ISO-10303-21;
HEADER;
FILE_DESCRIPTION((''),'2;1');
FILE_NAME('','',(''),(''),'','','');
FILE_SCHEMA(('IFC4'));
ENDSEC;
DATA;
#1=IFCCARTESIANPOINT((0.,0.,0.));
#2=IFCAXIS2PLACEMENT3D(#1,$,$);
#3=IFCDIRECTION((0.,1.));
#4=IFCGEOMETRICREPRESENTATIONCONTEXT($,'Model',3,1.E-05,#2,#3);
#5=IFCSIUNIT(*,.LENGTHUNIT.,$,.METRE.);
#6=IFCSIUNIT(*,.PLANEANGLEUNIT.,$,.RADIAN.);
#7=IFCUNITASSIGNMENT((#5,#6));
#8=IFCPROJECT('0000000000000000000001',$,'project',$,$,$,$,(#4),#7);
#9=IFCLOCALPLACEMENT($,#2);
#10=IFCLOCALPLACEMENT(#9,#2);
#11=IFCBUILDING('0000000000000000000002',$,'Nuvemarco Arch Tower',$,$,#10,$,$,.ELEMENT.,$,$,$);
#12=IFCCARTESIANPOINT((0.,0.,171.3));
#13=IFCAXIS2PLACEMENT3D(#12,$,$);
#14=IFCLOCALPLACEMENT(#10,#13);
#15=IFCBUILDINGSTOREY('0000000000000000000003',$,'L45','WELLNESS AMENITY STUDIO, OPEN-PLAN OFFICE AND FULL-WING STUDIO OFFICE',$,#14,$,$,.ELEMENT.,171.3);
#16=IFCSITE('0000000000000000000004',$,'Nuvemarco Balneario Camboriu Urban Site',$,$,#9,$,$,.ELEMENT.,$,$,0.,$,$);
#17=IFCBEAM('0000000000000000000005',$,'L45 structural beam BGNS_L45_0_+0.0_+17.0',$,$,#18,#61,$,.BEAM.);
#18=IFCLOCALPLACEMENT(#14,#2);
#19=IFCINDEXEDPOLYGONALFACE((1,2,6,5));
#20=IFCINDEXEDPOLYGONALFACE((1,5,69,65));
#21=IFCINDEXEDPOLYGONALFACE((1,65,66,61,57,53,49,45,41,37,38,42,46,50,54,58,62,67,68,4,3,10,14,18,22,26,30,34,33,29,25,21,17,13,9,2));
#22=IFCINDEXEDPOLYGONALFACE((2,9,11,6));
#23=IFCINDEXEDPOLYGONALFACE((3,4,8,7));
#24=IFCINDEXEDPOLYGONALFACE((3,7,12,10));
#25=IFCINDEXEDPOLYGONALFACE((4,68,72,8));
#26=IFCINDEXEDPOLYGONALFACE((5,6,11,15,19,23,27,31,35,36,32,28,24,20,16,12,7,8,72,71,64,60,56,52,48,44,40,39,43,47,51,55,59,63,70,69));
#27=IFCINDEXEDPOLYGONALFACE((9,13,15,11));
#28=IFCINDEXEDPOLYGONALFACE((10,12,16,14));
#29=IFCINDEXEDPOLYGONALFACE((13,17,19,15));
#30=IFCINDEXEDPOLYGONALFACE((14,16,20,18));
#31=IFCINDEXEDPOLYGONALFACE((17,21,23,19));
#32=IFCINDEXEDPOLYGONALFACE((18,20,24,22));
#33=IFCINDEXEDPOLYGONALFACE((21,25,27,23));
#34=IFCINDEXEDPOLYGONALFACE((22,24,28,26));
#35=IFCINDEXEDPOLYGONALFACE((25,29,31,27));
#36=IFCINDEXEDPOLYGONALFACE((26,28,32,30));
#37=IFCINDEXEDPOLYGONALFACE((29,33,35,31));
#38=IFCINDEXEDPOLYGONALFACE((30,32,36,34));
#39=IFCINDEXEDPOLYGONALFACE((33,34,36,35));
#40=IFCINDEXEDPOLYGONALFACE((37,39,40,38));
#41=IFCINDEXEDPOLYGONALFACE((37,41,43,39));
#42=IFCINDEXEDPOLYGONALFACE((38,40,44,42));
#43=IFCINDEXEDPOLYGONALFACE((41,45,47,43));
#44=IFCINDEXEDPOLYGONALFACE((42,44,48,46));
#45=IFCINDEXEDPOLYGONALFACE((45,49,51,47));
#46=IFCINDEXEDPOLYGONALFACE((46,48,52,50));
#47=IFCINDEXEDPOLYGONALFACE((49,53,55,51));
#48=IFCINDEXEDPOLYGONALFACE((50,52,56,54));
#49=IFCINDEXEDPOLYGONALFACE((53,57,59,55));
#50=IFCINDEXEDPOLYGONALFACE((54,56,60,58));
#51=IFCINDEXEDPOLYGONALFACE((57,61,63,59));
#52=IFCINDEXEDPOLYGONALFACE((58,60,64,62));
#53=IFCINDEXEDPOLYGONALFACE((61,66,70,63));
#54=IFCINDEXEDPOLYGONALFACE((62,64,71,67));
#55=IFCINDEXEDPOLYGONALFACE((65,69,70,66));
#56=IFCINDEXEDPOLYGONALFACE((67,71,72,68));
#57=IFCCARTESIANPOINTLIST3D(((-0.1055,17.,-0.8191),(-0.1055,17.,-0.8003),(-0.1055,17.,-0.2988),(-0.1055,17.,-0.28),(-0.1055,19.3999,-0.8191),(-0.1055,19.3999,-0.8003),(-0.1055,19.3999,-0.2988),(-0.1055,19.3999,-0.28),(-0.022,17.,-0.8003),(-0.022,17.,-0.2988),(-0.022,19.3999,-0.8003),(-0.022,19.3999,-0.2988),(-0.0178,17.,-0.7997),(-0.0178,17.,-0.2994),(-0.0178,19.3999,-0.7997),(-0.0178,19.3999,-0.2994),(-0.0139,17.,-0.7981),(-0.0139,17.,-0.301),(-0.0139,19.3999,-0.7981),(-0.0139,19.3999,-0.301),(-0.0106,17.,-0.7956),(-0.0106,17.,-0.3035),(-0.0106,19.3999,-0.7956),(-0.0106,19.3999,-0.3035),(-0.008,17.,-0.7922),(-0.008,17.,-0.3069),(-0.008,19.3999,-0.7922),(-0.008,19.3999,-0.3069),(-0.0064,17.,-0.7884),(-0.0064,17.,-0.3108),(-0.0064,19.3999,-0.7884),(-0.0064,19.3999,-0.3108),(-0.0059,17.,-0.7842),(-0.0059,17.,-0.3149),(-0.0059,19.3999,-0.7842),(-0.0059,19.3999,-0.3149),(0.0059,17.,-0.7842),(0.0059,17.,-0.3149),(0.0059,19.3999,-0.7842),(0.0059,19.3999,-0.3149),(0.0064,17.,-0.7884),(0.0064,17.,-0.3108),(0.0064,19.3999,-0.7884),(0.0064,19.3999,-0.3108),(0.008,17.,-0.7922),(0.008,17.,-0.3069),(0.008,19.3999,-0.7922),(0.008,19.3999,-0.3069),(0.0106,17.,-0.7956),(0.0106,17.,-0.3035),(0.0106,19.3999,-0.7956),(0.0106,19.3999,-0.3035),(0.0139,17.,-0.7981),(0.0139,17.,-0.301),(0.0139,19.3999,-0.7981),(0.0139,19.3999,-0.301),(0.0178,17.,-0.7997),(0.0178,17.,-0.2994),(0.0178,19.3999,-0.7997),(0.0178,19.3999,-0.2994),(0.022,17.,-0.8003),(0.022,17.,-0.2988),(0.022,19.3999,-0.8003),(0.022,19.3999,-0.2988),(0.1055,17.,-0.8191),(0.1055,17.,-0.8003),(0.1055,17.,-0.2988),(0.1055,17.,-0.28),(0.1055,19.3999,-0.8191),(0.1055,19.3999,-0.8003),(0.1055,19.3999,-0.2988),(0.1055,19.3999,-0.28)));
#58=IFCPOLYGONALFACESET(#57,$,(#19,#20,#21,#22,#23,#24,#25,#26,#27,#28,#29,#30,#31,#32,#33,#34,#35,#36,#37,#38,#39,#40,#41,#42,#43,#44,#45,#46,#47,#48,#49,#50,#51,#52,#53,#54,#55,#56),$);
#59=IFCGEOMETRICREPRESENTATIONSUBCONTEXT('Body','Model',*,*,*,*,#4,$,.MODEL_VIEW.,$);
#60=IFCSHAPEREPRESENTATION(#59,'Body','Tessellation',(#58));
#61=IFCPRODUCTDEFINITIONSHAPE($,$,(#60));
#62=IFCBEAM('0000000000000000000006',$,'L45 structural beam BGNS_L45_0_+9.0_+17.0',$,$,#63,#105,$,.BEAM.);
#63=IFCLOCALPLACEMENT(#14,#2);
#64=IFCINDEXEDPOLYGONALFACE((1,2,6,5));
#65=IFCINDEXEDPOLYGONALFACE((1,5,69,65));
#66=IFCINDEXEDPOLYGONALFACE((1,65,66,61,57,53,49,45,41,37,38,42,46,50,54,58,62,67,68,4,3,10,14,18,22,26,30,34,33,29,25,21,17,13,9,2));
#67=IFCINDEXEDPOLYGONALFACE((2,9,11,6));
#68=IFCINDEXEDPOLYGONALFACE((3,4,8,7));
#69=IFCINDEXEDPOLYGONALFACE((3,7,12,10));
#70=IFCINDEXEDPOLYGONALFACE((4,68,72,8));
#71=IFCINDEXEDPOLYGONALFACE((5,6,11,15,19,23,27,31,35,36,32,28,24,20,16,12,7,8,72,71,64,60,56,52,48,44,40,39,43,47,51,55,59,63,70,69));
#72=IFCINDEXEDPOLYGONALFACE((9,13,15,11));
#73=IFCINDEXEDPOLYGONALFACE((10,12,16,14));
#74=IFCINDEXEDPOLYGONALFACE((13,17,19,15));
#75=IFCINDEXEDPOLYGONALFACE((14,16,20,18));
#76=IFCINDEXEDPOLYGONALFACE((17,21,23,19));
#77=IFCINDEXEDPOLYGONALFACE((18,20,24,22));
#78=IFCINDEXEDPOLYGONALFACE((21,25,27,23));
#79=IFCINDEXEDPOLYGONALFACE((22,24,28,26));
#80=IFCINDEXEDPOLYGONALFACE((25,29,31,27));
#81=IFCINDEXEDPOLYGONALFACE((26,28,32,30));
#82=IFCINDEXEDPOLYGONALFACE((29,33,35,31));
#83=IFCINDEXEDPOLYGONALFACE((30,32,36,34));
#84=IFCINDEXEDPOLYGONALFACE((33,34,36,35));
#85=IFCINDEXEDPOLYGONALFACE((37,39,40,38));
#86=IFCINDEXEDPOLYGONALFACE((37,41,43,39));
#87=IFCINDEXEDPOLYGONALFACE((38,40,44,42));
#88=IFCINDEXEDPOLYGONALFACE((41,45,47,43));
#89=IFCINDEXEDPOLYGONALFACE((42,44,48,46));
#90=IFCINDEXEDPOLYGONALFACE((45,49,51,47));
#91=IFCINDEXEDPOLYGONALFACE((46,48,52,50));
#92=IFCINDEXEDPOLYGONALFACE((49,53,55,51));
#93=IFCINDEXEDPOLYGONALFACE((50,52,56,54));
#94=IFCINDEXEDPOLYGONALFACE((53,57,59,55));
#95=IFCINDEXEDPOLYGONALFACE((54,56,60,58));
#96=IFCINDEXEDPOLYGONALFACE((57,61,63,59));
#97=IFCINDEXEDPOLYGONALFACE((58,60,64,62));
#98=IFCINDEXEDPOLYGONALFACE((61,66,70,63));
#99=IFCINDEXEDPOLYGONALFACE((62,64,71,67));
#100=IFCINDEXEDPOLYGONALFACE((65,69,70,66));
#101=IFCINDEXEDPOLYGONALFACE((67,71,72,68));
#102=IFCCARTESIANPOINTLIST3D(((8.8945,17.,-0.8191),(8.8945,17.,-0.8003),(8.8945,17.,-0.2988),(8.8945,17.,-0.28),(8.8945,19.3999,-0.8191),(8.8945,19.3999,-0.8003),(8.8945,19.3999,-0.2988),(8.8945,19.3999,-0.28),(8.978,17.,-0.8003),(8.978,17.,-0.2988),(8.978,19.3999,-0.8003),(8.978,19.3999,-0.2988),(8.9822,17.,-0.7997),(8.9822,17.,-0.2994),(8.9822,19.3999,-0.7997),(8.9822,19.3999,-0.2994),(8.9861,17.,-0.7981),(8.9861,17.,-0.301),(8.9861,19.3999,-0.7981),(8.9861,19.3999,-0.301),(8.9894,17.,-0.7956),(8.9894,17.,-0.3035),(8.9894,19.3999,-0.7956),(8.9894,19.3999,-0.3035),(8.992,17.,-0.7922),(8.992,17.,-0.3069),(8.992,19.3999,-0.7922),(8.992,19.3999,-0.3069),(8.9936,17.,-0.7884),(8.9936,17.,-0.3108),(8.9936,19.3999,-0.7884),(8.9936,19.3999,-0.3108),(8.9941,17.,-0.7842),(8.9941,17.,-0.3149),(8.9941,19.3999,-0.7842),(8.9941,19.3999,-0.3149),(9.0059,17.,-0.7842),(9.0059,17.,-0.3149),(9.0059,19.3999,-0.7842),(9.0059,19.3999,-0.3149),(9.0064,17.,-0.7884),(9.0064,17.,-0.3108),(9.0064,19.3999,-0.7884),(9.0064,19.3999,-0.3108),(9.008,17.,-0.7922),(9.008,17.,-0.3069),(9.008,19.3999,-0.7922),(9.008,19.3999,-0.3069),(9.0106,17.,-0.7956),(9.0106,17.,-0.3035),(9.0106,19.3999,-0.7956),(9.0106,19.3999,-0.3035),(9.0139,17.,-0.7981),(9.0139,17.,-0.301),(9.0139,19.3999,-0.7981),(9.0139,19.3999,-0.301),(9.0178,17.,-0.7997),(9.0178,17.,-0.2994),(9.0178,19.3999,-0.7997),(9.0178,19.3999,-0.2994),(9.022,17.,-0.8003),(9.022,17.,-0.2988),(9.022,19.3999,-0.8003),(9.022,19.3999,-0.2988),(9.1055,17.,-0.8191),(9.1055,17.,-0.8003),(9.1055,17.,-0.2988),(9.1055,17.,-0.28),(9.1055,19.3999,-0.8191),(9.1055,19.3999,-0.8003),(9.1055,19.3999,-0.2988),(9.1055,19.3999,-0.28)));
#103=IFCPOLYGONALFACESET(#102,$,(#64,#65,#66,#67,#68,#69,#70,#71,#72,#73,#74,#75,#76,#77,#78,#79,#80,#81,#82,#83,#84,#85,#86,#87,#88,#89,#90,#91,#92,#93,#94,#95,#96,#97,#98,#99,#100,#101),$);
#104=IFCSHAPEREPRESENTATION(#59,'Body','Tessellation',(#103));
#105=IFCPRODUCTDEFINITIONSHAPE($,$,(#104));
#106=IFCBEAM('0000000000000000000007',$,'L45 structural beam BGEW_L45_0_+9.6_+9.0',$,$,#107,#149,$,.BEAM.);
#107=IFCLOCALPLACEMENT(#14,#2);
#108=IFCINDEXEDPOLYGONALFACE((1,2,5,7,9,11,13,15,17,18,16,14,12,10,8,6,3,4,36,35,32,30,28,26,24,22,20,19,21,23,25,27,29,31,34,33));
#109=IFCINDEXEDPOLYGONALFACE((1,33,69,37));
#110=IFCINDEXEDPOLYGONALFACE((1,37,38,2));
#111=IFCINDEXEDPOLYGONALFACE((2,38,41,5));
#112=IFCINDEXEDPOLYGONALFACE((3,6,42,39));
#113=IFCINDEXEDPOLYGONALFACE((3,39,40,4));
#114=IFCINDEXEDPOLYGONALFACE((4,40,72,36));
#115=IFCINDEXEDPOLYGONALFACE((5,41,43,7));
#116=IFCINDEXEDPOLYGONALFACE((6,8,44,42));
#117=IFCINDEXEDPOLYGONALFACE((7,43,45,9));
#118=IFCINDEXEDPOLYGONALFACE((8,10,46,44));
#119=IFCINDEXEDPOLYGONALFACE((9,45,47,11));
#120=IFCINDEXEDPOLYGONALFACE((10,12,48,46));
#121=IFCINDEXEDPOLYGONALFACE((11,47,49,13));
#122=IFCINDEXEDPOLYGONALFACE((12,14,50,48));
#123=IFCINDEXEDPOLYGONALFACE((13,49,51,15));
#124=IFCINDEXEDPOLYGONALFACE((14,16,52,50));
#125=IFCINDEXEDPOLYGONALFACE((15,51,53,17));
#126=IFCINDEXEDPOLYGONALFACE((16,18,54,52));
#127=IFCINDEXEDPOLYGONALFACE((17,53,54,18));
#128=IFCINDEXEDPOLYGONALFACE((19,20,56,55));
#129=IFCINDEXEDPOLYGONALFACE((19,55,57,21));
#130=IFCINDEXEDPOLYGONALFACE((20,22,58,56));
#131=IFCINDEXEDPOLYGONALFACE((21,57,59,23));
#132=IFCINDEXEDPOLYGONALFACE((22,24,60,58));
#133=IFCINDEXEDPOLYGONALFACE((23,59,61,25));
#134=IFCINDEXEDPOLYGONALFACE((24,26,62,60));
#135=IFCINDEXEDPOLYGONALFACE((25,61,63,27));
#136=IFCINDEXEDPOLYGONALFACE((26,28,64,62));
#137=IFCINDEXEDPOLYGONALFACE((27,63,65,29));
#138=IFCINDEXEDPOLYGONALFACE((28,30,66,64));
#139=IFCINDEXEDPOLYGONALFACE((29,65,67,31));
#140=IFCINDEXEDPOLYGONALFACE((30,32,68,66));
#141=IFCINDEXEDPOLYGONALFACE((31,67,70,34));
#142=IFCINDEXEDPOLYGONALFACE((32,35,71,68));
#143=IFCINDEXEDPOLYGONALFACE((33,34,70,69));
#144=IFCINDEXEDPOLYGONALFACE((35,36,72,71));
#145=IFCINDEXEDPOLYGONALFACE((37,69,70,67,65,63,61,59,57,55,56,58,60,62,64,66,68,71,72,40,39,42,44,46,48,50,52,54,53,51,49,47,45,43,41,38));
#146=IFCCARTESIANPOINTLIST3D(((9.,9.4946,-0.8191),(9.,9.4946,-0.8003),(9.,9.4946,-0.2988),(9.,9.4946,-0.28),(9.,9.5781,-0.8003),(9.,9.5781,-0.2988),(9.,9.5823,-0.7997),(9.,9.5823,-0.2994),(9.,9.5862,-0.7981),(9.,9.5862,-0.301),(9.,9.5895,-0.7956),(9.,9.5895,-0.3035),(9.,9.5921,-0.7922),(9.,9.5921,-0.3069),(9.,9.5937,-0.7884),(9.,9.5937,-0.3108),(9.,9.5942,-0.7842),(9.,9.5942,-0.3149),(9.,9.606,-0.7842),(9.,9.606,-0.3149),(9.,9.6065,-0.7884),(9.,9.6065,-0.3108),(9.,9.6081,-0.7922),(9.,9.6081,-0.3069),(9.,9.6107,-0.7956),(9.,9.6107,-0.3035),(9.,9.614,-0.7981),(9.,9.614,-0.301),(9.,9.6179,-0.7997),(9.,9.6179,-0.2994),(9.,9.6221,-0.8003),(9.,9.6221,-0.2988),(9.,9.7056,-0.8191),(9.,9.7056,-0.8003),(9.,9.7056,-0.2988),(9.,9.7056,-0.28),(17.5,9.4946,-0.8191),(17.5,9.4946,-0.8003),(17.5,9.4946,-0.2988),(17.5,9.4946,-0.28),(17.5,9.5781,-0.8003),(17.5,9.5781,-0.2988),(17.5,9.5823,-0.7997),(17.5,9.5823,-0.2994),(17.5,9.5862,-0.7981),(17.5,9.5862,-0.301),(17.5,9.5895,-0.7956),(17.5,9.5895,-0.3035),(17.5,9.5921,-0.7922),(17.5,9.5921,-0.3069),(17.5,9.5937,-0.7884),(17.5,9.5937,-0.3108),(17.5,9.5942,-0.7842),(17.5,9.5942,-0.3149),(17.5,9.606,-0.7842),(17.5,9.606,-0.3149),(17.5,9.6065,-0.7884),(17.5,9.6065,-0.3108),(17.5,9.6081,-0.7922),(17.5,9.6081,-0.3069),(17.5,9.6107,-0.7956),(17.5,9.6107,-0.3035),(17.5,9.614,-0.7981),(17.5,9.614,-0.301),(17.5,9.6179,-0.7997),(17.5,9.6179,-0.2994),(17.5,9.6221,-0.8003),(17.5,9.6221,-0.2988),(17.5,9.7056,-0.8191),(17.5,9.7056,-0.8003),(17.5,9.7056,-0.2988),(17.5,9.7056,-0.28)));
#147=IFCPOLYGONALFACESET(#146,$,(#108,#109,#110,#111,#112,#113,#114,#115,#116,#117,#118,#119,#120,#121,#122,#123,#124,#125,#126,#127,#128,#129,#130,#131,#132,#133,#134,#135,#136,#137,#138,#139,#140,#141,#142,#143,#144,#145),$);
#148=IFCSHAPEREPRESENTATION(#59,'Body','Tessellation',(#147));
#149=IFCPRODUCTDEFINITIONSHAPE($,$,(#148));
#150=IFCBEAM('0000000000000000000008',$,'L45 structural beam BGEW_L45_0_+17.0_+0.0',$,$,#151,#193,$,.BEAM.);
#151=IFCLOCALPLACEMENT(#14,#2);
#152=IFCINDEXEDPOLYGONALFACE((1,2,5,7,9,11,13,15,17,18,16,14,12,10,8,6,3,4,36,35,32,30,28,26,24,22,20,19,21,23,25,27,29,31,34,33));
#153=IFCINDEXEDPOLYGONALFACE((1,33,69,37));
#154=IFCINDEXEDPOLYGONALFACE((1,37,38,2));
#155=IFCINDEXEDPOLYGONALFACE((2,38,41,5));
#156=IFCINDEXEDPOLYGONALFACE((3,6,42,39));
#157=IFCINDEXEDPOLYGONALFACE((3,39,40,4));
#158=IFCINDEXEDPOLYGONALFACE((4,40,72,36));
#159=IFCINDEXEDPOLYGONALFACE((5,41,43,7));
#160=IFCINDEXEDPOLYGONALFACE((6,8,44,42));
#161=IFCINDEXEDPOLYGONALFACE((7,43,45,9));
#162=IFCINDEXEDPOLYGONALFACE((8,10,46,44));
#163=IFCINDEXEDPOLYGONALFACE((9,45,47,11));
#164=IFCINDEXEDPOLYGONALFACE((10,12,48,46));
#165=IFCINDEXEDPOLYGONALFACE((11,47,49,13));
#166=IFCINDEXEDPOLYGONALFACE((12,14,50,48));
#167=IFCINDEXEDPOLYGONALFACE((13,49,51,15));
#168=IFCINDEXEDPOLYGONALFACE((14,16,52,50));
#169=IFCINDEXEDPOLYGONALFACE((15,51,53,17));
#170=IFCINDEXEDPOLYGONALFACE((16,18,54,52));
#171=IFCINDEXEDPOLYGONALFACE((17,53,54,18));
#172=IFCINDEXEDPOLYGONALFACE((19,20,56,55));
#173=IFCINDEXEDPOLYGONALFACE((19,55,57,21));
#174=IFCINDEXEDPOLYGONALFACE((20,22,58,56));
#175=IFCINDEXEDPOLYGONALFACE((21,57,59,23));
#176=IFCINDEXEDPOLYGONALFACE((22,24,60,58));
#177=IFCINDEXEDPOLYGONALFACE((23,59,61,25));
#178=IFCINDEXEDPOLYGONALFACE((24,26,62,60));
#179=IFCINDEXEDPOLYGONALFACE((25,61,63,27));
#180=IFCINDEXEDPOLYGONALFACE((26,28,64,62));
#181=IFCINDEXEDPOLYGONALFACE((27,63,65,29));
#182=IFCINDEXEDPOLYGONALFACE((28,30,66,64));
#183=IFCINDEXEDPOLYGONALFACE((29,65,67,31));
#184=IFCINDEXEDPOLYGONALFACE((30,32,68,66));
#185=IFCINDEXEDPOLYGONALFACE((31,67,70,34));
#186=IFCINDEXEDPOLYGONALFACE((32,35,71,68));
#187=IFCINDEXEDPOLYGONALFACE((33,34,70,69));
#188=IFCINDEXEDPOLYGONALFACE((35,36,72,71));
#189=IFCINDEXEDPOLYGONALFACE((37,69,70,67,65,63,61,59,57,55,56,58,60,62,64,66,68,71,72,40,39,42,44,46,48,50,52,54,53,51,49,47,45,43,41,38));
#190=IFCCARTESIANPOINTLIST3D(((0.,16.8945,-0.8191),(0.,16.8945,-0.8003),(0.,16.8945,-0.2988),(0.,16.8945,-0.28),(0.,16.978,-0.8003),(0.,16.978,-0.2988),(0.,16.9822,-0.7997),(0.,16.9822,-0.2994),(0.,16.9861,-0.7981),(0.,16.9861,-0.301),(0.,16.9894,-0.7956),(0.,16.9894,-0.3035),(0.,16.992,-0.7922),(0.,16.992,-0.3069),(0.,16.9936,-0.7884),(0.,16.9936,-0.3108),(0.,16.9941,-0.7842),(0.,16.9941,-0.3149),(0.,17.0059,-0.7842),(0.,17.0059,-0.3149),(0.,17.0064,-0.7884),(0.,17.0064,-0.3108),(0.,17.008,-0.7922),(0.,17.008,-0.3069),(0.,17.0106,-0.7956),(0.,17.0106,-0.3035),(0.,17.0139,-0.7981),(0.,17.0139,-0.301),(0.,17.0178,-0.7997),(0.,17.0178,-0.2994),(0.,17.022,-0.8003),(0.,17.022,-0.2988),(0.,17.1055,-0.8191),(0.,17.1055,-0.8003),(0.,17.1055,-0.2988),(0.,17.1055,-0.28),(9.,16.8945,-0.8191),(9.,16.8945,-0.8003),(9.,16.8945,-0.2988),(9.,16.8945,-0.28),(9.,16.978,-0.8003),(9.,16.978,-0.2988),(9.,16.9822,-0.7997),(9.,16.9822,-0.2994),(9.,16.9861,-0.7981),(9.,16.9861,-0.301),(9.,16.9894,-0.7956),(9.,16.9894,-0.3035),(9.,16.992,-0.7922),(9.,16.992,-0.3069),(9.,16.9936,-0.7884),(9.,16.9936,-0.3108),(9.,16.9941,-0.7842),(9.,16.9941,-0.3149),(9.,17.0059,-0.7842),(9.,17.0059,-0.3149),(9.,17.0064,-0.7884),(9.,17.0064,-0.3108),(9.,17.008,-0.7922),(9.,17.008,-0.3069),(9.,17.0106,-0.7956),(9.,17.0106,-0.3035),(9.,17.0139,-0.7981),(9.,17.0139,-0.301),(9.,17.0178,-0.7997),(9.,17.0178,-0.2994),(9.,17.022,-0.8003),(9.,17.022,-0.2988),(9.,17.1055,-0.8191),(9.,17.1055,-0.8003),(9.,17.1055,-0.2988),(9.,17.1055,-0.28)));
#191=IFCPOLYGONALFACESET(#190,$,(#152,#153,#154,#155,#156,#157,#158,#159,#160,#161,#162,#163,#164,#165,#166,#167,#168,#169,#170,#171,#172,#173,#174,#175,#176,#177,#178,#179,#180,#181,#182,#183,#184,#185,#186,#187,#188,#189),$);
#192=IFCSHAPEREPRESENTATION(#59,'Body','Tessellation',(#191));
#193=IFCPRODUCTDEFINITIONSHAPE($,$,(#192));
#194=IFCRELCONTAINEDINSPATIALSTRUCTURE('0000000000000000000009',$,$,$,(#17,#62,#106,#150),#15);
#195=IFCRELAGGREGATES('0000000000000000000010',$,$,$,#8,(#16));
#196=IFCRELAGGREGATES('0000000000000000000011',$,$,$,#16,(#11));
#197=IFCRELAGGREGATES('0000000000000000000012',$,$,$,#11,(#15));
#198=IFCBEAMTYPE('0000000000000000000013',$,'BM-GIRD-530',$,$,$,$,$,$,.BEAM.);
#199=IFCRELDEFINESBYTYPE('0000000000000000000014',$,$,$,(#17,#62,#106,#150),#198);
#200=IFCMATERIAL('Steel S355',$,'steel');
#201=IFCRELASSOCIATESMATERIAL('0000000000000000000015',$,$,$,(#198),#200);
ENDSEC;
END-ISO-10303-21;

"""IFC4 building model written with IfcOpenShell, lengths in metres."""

from ifc_helpers import new_model, si_unit, direction, frame, origin, origin_2d, place, context, subcontext, project, spatial, i_section, extrude, material, material_profile, profile_set, type_object, element, save


model = new_model("IFC4")

# Units and contexts
model_context = context("Model", 3, precision=1e-05, world=origin(), true_north=direction((0.0, 1.0)))
body_context = subcontext(model_context, "Body", "Model", "MODEL_VIEW")
ifc_project = project(units=[si_unit("LENGTHUNIT", "METRE"), si_unit("PLANEANGLEUNIT", "RADIAN")], contexts=[model_context])

# Site, building, storey
site_placement = place(None, origin())
site = spatial("IfcSite", under=ifc_project, at=site_placement, Name="Nuvemarco Balneario Camboriu Urban Site", CompositionType="ELEMENT", RefElevation=0.0)
building_placement = place(site_placement, origin())
building = spatial("IfcBuilding", under=site, at=building_placement, Name="Nuvemarco Arch Tower", CompositionType="ELEMENT")
storey_placement = place(building_placement, frame((0.0, 0.0, 171.3)))
storey = spatial("IfcBuildingStorey", under=building, at=storey_placement, Name="L45", Description="WELLNESS AMENITY STUDIO, OPEN-PLAN OFFICE AND FULL-WING STUDIO OFFICE", CompositionType="ELEMENT", Elevation=171.3)

# Shared definitions
ifc_material_1 = material(Name="Steel S355", Category="steel")

# Beams
ifc_material_profile_1 = material_profile(ifc_material_1, i_section(OverallWidth=0.2109, OverallDepth=0.5391, WebThickness=0.0117, FlangeThickness=0.0188, FilletRadius=0.0161, at=origin_2d()), Name="W530x109")
ifc_profile_set_1 = profile_set([ifc_material_profile_1], Name="Steel S355")
beam_type_1 = type_object("IfcBeamType", Name="BM-GIRD-530", PredefinedType="BEAM", material=ifc_profile_set_1)
for number, where, z_axis, x_axis, name in (
    (1, (0.0, 17.0, -0.5496), (0.0, 1.0, 0.0), (-1.0, 0.0, 0.0), "L45 structural beam BGNS_L45_0_+0.0_+17.0"),
    (2, (9.0, 17.0, -0.5496), (0.0, 1.0, 0.0), (-1.0, 0.0, 0.0), "L45 structural beam BGNS_L45_0_+9.0_+17.0"),
):
    element("IfcBeam", number, at=place(storey_placement, frame(where, z_axis=z_axis, x_axis=x_axis)), inside=storey, type_object=beam_type_1, Name=name, PredefinedType="BEAM", context=body_context, shape_type="SweptSolid", body=[
        extrude(i_section(OverallWidth=0.2109, OverallDepth=0.5391, WebThickness=0.0117, FlangeThickness=0.0188, FilletRadius=0.0161, at=origin_2d()), origin(), (0.0, 0.0, 1.0), 2.3999),
    ])
beam_1_placement = place(storey_placement, frame((9.0, 9.6001, -0.5496), z_axis=(1.0, 0.0, 0.0), x_axis=(0.0, 1.0, 0.0)))
element("IfcBeam", 3, at=beam_1_placement, inside=storey, type_object=beam_type_1, Name="L45 structural beam BGEW_L45_0_+9.6_+9.0", PredefinedType="BEAM", context=body_context, shape_type="SweptSolid", body=[
    extrude(i_section(OverallWidth=0.2109, OverallDepth=0.5391, WebThickness=0.0117, FlangeThickness=0.0188, FilletRadius=0.0161, at=origin_2d()), origin(), (0.0, 0.0, 1.0), 8.5),
])
beam_2_placement = place(storey_placement, frame((0.0, 17.0, -0.5496), z_axis=(1.0, 0.0, 0.0), x_axis=(0.0, 1.0, 0.0)))
element("IfcBeam", 4, at=beam_2_placement, inside=storey, type_object=beam_type_1, Name="L45 structural beam BGEW_L45_0_+17.0_+0.0", PredefinedType="BEAM", context=body_context, shape_type="SweptSolid", body=[
    extrude(i_section(OverallWidth=0.2109, OverallDepth=0.5391, WebThickness=0.0117, FlangeThickness=0.0188, FilletRadius=0.0161, at=origin_2d()), origin(), (0.0, 0.0, 1.0), 9.0),
])

save(model, "model.ifc")
